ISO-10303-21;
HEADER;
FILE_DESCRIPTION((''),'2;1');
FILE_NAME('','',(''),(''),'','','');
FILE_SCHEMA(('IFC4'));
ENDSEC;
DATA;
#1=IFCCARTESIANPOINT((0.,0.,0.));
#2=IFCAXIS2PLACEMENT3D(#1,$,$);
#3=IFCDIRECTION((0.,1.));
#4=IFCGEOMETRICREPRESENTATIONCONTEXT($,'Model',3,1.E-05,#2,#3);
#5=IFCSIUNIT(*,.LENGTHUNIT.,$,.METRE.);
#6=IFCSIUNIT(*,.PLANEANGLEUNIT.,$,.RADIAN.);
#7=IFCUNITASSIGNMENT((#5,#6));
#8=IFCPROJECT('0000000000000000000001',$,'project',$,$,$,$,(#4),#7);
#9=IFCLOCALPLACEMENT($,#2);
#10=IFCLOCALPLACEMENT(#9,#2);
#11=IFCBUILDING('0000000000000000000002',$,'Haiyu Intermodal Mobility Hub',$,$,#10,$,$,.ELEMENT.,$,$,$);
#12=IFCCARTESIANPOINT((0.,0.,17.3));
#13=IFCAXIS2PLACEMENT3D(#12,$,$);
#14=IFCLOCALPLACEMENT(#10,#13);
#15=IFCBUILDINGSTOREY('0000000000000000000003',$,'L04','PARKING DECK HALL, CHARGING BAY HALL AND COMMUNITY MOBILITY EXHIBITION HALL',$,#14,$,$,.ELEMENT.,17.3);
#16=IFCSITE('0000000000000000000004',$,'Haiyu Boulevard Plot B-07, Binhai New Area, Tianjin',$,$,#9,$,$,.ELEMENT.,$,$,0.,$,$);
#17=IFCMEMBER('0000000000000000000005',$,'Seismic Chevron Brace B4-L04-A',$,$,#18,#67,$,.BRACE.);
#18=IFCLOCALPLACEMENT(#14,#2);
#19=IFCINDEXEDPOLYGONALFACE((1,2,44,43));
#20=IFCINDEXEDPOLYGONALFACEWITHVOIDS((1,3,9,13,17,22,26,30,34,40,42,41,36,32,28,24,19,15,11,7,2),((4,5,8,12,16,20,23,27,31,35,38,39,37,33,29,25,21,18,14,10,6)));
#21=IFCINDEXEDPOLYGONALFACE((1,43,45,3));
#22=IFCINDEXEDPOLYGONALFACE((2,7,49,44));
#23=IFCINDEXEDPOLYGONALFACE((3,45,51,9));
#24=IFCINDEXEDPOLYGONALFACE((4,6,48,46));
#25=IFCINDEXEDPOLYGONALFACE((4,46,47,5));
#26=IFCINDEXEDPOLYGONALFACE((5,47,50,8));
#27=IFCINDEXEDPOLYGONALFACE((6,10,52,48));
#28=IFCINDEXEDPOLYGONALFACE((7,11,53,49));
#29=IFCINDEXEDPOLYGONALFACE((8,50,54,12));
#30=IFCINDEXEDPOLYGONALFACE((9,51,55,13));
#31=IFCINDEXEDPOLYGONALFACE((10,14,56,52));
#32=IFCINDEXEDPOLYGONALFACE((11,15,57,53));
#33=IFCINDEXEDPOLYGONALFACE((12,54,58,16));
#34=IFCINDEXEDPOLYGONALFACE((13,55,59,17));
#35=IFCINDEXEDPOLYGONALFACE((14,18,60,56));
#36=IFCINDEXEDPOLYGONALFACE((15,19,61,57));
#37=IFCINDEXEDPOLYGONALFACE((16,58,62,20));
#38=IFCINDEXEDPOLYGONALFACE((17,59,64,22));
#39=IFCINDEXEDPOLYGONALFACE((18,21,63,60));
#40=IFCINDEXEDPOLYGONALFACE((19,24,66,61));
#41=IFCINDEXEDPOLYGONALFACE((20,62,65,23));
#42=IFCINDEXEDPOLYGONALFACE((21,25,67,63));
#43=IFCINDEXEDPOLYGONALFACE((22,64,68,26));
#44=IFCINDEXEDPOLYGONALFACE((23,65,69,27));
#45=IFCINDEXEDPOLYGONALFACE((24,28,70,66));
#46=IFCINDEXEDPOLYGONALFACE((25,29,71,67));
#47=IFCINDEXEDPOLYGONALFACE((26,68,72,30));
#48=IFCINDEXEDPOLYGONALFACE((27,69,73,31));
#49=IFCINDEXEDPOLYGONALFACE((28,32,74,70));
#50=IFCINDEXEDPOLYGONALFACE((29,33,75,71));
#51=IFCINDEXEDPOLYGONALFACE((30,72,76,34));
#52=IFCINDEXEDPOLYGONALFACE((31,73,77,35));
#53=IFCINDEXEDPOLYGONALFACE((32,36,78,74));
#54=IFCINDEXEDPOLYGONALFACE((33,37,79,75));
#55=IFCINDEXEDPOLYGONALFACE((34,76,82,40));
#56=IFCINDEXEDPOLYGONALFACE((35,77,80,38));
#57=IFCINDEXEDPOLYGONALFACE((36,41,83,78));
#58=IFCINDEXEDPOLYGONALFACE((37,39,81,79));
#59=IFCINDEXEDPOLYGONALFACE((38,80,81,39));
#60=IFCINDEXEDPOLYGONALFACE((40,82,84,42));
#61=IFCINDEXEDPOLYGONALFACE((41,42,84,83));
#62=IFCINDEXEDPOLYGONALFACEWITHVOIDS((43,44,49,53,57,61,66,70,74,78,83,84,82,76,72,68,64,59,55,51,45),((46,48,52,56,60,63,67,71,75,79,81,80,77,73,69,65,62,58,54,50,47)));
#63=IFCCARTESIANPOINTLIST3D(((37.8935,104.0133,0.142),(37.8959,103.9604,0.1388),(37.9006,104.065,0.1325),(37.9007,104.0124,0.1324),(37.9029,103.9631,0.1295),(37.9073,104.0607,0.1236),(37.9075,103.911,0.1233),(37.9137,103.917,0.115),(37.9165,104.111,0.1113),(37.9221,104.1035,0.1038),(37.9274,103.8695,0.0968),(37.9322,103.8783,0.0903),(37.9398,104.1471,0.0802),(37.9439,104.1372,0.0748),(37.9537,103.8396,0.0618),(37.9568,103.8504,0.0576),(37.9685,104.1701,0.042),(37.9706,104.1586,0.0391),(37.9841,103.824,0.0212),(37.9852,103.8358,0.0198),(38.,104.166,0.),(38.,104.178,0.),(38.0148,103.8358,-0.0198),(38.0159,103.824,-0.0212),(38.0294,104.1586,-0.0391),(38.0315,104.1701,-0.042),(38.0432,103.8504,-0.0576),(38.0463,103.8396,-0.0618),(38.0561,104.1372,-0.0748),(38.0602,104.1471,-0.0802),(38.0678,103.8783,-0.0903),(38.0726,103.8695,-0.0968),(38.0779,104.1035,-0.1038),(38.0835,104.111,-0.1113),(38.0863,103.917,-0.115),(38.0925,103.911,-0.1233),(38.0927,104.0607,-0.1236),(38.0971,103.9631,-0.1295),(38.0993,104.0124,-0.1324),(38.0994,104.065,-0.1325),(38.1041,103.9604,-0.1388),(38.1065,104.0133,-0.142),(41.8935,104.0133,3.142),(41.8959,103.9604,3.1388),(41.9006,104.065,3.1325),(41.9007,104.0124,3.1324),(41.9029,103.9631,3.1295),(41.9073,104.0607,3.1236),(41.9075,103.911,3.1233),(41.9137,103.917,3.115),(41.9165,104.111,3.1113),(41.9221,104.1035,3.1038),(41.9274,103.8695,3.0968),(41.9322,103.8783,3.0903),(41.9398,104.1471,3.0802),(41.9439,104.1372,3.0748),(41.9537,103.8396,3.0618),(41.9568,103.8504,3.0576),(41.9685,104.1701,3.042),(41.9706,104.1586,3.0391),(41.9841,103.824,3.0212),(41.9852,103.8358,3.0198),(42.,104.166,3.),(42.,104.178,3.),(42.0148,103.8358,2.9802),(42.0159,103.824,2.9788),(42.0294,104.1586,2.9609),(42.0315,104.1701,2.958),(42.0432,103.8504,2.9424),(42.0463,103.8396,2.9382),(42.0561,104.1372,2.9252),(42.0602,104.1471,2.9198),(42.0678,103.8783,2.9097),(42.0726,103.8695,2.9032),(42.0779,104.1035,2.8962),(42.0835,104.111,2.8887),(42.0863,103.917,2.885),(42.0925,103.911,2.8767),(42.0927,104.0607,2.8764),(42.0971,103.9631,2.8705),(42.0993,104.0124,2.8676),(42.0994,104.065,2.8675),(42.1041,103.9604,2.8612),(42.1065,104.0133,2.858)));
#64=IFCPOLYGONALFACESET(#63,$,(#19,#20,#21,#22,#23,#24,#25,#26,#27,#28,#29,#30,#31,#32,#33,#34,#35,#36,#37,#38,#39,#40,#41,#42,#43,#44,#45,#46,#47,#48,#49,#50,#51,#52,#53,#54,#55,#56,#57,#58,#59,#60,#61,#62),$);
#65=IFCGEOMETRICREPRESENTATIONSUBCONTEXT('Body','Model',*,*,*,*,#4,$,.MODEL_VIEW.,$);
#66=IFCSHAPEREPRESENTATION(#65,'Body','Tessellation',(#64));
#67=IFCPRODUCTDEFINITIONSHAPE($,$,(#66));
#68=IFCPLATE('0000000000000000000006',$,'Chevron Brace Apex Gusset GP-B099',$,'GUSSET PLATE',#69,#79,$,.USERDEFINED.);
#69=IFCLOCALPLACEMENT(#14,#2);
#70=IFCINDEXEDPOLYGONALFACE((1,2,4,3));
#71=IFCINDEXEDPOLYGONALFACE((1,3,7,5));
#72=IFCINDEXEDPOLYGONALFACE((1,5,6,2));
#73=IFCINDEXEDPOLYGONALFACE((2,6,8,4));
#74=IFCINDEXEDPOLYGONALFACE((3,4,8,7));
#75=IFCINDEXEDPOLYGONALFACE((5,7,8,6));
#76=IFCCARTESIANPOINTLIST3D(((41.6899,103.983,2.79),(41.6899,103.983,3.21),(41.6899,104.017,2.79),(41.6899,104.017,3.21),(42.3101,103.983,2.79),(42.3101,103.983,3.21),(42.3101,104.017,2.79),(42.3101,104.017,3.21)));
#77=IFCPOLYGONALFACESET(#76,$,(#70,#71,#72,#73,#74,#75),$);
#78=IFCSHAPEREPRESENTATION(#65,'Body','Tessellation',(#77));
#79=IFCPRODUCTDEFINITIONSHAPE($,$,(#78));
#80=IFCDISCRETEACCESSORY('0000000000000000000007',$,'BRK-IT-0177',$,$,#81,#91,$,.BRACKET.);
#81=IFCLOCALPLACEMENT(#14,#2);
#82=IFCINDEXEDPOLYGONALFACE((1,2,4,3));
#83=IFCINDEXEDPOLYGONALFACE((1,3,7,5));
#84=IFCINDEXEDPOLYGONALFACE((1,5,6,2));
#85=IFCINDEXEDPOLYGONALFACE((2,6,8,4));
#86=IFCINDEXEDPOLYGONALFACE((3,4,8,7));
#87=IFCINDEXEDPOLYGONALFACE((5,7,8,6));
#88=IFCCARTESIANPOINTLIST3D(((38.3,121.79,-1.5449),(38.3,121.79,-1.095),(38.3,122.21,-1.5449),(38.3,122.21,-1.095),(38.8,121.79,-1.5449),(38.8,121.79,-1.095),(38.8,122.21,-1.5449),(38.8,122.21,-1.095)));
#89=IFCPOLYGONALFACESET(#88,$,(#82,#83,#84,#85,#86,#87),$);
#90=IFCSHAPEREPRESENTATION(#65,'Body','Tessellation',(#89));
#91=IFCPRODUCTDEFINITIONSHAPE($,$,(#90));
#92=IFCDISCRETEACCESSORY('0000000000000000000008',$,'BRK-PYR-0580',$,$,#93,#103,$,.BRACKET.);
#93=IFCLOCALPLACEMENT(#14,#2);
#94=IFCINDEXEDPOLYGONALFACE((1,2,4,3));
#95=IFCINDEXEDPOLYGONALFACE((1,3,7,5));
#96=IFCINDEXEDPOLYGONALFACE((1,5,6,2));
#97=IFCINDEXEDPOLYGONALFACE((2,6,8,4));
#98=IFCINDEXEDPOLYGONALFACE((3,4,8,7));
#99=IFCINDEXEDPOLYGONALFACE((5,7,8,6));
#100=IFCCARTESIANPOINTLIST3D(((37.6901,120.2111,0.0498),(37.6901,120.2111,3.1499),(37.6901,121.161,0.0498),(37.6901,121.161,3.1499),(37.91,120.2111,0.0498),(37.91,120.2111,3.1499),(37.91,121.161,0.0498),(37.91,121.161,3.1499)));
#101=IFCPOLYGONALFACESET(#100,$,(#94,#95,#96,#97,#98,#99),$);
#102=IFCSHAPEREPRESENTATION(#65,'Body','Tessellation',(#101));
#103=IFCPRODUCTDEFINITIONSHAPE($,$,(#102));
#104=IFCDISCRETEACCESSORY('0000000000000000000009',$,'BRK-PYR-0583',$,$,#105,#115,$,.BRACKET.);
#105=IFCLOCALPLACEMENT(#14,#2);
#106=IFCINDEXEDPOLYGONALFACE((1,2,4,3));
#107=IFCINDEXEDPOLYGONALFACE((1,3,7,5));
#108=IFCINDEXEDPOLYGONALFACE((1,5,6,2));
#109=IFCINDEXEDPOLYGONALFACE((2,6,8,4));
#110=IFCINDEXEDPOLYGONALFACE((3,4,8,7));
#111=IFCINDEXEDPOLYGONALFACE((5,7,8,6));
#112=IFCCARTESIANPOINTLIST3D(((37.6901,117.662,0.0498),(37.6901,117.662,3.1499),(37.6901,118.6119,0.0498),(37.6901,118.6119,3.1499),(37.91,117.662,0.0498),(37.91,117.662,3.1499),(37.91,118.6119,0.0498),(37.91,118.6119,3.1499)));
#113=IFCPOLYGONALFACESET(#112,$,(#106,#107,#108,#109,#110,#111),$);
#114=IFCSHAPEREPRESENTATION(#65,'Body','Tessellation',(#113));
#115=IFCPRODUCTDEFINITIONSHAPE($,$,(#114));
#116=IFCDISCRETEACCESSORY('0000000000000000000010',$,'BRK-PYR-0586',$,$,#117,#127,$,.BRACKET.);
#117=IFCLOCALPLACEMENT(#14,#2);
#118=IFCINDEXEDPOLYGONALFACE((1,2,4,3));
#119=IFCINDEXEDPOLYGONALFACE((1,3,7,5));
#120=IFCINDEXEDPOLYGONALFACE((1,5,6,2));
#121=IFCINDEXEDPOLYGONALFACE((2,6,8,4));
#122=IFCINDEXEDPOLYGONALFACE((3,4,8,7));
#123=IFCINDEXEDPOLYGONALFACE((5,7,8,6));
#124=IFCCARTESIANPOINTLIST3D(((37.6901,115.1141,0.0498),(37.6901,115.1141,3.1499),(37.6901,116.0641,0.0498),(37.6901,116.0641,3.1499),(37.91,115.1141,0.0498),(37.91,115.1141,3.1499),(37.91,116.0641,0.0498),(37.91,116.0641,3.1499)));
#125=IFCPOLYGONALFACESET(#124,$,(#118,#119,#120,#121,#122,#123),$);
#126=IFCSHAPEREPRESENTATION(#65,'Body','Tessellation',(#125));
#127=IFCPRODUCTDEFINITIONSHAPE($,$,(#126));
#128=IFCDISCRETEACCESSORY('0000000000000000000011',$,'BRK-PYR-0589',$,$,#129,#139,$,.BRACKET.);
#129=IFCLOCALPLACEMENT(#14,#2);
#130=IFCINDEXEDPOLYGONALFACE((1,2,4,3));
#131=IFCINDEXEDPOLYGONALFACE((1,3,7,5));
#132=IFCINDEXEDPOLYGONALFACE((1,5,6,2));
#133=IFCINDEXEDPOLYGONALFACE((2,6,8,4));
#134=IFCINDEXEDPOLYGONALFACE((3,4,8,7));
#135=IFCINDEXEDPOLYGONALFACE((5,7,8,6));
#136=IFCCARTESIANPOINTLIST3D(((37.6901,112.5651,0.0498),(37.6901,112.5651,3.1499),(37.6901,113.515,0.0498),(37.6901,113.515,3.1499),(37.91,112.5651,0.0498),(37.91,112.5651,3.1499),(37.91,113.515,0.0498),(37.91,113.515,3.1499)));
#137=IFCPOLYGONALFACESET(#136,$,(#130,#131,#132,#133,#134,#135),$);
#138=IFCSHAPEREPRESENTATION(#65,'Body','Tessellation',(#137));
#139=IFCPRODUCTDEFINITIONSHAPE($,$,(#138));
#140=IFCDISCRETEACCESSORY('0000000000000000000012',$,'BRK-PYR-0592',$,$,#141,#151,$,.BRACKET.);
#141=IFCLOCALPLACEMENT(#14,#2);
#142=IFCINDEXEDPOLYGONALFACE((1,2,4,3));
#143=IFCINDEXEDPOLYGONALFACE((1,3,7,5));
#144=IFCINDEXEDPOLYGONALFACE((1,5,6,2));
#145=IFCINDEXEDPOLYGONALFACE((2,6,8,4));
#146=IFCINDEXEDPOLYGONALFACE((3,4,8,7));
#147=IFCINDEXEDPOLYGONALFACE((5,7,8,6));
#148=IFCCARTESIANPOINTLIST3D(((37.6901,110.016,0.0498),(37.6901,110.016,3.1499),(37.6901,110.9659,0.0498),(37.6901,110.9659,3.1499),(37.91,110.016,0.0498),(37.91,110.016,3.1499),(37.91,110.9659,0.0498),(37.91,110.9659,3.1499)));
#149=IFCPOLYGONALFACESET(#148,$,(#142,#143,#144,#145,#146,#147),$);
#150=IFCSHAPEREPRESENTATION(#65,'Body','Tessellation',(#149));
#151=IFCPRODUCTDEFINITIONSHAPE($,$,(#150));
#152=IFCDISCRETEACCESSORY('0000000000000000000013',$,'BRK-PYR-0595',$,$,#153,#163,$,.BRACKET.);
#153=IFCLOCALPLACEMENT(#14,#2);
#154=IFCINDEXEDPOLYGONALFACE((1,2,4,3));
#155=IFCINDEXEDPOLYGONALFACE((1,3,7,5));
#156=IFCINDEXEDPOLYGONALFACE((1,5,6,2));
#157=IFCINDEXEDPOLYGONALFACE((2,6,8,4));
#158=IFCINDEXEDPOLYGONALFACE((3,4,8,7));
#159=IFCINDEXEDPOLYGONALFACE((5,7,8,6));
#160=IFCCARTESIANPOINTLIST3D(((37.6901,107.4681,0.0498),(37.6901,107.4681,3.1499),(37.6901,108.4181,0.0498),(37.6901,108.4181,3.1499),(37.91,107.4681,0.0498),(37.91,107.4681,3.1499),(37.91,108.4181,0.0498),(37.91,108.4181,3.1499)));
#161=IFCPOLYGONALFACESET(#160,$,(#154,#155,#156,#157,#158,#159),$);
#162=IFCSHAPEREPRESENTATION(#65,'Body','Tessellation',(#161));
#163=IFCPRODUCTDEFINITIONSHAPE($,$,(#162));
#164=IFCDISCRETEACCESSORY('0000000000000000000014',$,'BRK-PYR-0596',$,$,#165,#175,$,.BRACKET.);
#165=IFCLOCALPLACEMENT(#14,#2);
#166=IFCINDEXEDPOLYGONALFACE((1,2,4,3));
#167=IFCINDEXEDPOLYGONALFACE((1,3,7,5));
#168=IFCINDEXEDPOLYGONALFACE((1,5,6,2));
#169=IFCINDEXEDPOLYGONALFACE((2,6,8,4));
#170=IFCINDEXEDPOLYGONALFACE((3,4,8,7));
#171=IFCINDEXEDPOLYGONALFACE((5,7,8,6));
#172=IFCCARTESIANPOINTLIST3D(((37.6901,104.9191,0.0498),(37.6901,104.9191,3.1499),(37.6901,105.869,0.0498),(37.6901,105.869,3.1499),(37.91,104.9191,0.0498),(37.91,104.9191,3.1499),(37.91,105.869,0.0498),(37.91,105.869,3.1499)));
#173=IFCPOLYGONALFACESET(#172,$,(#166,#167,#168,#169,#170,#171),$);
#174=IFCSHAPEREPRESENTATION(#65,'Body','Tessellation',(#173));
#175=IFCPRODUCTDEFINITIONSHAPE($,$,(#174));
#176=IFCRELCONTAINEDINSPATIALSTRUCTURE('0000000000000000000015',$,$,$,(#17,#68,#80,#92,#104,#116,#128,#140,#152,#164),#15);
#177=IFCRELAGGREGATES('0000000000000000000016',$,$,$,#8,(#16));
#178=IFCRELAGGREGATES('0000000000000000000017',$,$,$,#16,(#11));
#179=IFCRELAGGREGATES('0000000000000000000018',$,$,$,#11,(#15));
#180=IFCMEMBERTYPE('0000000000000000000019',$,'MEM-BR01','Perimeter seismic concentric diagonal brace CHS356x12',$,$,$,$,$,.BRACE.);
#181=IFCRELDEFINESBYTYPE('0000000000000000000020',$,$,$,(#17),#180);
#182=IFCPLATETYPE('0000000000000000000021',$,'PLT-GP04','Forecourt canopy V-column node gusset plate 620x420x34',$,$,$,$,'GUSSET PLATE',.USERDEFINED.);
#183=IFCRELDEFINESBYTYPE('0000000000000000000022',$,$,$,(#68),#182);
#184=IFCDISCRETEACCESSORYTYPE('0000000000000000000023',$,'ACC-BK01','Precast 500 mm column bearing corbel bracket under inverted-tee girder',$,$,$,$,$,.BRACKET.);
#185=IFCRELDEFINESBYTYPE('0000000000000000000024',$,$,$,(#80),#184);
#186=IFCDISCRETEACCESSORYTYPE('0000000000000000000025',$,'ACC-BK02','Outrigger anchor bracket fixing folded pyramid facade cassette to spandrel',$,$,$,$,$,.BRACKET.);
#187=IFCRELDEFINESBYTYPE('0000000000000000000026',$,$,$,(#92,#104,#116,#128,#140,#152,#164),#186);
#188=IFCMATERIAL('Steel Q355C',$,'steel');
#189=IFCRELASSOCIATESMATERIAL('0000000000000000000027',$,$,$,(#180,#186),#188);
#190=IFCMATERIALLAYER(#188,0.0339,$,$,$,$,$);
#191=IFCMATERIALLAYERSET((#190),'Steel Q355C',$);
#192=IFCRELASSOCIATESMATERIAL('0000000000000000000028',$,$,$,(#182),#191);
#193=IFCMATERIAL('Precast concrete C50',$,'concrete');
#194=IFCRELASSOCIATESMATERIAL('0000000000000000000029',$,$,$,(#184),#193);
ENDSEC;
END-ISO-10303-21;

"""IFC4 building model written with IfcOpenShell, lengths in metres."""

from ifc_helpers import new_model, si_unit, direction, frame, origin, origin_2d, place, context, subcontext, project, spatial, rectangle, hollow_circle, extrude, material, layer, layer_set, material_profile, profile_set, type_object, element, save


model = new_model("IFC4")

# Units and contexts
model_context = context("Model", 3, precision=1e-05, world=origin(), true_north=direction((0.0, 1.0)))
body_context = subcontext(model_context, "Body", "Model", "MODEL_VIEW")
ifc_project = project(units=[si_unit("LENGTHUNIT", "METRE"), si_unit("PLANEANGLEUNIT", "RADIAN")], contexts=[model_context])

# Site, building, storey
site_placement = place(None, origin())
site = spatial("IfcSite", under=ifc_project, at=site_placement, Name="Haiyu Boulevard Plot B-07, Binhai New Area, Tianjin", CompositionType="ELEMENT", RefElevation=0.0)
building_placement = place(site_placement, origin())
building = spatial("IfcBuilding", under=site, at=building_placement, Name="Haiyu Intermodal Mobility Hub", CompositionType="ELEMENT")
storey_placement = place(building_placement, frame((0.0, 0.0, 17.3)))
storey = spatial("IfcBuildingStorey", under=building, at=storey_placement, Name="L04", Description="PARKING DECK HALL, CHARGING BAY HALL AND COMMUNITY MOBILITY EXHIBITION HALL", CompositionType="ELEMENT", Elevation=17.3)

# Shared definitions
ifc_material_1 = material(Name="Precast concrete C50", Category="concrete")

# Member
ifc_material_2 = material(Name="Steel Q355C", Category="steel")
ifc_material_profile_1 = material_profile(ifc_material_2, hollow_circle(Radius=0.178, WallThickness=0.012, at=origin_2d()), Name="CHS356x12")
ifc_profile_set_1 = profile_set([ifc_material_profile_1], Name="Steel Q355C")
member_type = type_object("IfcMemberType", Name="MEM-BR01", Description="Perimeter seismic concentric diagonal brace CHS356x12", PredefinedType="BRACE", material=ifc_profile_set_1)
member_placement = place(storey_placement, frame((38.0, 104.0, 0.0), z_axis=(0.8, 0.0, 0.6), x_axis=(0.0, 1.0, 0.0)))
element("IfcMember", 1, at=member_placement, inside=storey, type_object=member_type, Name="Seismic Chevron Brace B4-L04-A", PredefinedType="BRACE", context=body_context, shape_type="SweptSolid", body=[
    extrude(hollow_circle(Radius=0.178, WallThickness=0.012, at=origin_2d()), origin(), (0.0, 0.0, 1.0), 5.0),
])

# Plate
ifc_layer = layer(ifc_material_2, 0.0339)
ifc_layer_set = layer_set([ifc_layer], Name="Steel Q355C")
plate_type = type_object("IfcPlateType", Name="PLT-GP04", Description="Forecourt canopy V-column node gusset plate 620x420x34", ElementType="GUSSET PLATE", PredefinedType="USERDEFINED", material=ifc_layer_set)
plate_placement = place(storey_placement, frame((42.0, 104.0, 2.79), z_axis=(0.0, 0.0, 1.0), x_axis=(1.0, 0.0, 0.0)))
element("IfcPlate", 2, at=plate_placement, inside=storey, type_object=plate_type, Name="Chevron Brace Apex Gusset GP-B099", ObjectType="GUSSET PLATE", PredefinedType="USERDEFINED", context=body_context, shape_type="SweptSolid", body=[
    extrude(rectangle(XDim=0.6201, YDim=0.0339, at=origin_2d()), origin(), (0.0, 0.0, 1.0), 0.4199),
])

# Discrete accessories
discrete_accessory_type_1 = type_object("IfcDiscreteAccessoryType", Name="ACC-BK01", Description="Precast 500 mm column bearing corbel bracket under inverted-tee girder", PredefinedType="BRACKET", material=ifc_material_1)
discrete_accessory_placement = place(storey_placement, frame((38.55, 122.0, -1.5449), z_axis=(0.0, 0.0, 1.0), x_axis=(1.0, 0.0, 0.0)))
element("IfcDiscreteAccessory", 3, at=discrete_accessory_placement, inside=storey, type_object=discrete_accessory_type_1, Name="BRK-IT-0177", PredefinedType="BRACKET", context=body_context, shape_type="SweptSolid", body=[
    extrude(rectangle(XDim=0.5, YDim=0.4199, at=origin_2d()), origin(), (0.0, 0.0, 1.0), 0.45),
])
discrete_accessory_type_2 = type_object("IfcDiscreteAccessoryType", Name="ACC-BK02", Description="Outrigger anchor bracket fixing folded pyramid facade cassette to spandrel", PredefinedType="BRACKET", material=ifc_material_2)
for number, where, z_axis, x_axis, name in (
    (4, (37.8, 120.686, 0.0498), (0.0, 0.0, 1.0), (1.0, 0.0, 0.0), "BRK-PYR-0580"),
    (5, (37.8, 118.137, 0.0498), (0.0, 0.0, 1.0), (1.0, 0.0, 0.0), "BRK-PYR-0583"),
    (6, (37.8, 115.5891, 0.0498), (0.0, 0.0, 1.0), (1.0, 0.0, 0.0), "BRK-PYR-0586"),
    (7, (37.8, 113.04, 0.0498), (0.0, 0.0, 1.0), (1.0, 0.0, 0.0), "BRK-PYR-0589"),
    (8, (37.8, 110.491, 0.0498), (0.0, 0.0, 1.0), (1.0, 0.0, 0.0), "BRK-PYR-0592"),
    (9, (37.8, 107.9431, 0.0498), (0.0, 0.0, 1.0), (1.0, 0.0, 0.0), "BRK-PYR-0595"),
    (10, (37.8, 105.394, 0.0498), (0.0, 0.0, 1.0), (1.0, 0.0, 0.0), "BRK-PYR-0596"),
):
    element("IfcDiscreteAccessory", number, at=place(storey_placement, frame(where, z_axis=z_axis, x_axis=x_axis)), inside=storey, type_object=discrete_accessory_type_2, Name=name, PredefinedType="BRACKET", context=body_context, shape_type="SweptSolid", body=[
        extrude(rectangle(XDim=0.22, YDim=0.95, at=origin_2d()), origin(), (0.0, 0.0, 1.0), 3.1001),
    ])

save(model, "model.ifc")
